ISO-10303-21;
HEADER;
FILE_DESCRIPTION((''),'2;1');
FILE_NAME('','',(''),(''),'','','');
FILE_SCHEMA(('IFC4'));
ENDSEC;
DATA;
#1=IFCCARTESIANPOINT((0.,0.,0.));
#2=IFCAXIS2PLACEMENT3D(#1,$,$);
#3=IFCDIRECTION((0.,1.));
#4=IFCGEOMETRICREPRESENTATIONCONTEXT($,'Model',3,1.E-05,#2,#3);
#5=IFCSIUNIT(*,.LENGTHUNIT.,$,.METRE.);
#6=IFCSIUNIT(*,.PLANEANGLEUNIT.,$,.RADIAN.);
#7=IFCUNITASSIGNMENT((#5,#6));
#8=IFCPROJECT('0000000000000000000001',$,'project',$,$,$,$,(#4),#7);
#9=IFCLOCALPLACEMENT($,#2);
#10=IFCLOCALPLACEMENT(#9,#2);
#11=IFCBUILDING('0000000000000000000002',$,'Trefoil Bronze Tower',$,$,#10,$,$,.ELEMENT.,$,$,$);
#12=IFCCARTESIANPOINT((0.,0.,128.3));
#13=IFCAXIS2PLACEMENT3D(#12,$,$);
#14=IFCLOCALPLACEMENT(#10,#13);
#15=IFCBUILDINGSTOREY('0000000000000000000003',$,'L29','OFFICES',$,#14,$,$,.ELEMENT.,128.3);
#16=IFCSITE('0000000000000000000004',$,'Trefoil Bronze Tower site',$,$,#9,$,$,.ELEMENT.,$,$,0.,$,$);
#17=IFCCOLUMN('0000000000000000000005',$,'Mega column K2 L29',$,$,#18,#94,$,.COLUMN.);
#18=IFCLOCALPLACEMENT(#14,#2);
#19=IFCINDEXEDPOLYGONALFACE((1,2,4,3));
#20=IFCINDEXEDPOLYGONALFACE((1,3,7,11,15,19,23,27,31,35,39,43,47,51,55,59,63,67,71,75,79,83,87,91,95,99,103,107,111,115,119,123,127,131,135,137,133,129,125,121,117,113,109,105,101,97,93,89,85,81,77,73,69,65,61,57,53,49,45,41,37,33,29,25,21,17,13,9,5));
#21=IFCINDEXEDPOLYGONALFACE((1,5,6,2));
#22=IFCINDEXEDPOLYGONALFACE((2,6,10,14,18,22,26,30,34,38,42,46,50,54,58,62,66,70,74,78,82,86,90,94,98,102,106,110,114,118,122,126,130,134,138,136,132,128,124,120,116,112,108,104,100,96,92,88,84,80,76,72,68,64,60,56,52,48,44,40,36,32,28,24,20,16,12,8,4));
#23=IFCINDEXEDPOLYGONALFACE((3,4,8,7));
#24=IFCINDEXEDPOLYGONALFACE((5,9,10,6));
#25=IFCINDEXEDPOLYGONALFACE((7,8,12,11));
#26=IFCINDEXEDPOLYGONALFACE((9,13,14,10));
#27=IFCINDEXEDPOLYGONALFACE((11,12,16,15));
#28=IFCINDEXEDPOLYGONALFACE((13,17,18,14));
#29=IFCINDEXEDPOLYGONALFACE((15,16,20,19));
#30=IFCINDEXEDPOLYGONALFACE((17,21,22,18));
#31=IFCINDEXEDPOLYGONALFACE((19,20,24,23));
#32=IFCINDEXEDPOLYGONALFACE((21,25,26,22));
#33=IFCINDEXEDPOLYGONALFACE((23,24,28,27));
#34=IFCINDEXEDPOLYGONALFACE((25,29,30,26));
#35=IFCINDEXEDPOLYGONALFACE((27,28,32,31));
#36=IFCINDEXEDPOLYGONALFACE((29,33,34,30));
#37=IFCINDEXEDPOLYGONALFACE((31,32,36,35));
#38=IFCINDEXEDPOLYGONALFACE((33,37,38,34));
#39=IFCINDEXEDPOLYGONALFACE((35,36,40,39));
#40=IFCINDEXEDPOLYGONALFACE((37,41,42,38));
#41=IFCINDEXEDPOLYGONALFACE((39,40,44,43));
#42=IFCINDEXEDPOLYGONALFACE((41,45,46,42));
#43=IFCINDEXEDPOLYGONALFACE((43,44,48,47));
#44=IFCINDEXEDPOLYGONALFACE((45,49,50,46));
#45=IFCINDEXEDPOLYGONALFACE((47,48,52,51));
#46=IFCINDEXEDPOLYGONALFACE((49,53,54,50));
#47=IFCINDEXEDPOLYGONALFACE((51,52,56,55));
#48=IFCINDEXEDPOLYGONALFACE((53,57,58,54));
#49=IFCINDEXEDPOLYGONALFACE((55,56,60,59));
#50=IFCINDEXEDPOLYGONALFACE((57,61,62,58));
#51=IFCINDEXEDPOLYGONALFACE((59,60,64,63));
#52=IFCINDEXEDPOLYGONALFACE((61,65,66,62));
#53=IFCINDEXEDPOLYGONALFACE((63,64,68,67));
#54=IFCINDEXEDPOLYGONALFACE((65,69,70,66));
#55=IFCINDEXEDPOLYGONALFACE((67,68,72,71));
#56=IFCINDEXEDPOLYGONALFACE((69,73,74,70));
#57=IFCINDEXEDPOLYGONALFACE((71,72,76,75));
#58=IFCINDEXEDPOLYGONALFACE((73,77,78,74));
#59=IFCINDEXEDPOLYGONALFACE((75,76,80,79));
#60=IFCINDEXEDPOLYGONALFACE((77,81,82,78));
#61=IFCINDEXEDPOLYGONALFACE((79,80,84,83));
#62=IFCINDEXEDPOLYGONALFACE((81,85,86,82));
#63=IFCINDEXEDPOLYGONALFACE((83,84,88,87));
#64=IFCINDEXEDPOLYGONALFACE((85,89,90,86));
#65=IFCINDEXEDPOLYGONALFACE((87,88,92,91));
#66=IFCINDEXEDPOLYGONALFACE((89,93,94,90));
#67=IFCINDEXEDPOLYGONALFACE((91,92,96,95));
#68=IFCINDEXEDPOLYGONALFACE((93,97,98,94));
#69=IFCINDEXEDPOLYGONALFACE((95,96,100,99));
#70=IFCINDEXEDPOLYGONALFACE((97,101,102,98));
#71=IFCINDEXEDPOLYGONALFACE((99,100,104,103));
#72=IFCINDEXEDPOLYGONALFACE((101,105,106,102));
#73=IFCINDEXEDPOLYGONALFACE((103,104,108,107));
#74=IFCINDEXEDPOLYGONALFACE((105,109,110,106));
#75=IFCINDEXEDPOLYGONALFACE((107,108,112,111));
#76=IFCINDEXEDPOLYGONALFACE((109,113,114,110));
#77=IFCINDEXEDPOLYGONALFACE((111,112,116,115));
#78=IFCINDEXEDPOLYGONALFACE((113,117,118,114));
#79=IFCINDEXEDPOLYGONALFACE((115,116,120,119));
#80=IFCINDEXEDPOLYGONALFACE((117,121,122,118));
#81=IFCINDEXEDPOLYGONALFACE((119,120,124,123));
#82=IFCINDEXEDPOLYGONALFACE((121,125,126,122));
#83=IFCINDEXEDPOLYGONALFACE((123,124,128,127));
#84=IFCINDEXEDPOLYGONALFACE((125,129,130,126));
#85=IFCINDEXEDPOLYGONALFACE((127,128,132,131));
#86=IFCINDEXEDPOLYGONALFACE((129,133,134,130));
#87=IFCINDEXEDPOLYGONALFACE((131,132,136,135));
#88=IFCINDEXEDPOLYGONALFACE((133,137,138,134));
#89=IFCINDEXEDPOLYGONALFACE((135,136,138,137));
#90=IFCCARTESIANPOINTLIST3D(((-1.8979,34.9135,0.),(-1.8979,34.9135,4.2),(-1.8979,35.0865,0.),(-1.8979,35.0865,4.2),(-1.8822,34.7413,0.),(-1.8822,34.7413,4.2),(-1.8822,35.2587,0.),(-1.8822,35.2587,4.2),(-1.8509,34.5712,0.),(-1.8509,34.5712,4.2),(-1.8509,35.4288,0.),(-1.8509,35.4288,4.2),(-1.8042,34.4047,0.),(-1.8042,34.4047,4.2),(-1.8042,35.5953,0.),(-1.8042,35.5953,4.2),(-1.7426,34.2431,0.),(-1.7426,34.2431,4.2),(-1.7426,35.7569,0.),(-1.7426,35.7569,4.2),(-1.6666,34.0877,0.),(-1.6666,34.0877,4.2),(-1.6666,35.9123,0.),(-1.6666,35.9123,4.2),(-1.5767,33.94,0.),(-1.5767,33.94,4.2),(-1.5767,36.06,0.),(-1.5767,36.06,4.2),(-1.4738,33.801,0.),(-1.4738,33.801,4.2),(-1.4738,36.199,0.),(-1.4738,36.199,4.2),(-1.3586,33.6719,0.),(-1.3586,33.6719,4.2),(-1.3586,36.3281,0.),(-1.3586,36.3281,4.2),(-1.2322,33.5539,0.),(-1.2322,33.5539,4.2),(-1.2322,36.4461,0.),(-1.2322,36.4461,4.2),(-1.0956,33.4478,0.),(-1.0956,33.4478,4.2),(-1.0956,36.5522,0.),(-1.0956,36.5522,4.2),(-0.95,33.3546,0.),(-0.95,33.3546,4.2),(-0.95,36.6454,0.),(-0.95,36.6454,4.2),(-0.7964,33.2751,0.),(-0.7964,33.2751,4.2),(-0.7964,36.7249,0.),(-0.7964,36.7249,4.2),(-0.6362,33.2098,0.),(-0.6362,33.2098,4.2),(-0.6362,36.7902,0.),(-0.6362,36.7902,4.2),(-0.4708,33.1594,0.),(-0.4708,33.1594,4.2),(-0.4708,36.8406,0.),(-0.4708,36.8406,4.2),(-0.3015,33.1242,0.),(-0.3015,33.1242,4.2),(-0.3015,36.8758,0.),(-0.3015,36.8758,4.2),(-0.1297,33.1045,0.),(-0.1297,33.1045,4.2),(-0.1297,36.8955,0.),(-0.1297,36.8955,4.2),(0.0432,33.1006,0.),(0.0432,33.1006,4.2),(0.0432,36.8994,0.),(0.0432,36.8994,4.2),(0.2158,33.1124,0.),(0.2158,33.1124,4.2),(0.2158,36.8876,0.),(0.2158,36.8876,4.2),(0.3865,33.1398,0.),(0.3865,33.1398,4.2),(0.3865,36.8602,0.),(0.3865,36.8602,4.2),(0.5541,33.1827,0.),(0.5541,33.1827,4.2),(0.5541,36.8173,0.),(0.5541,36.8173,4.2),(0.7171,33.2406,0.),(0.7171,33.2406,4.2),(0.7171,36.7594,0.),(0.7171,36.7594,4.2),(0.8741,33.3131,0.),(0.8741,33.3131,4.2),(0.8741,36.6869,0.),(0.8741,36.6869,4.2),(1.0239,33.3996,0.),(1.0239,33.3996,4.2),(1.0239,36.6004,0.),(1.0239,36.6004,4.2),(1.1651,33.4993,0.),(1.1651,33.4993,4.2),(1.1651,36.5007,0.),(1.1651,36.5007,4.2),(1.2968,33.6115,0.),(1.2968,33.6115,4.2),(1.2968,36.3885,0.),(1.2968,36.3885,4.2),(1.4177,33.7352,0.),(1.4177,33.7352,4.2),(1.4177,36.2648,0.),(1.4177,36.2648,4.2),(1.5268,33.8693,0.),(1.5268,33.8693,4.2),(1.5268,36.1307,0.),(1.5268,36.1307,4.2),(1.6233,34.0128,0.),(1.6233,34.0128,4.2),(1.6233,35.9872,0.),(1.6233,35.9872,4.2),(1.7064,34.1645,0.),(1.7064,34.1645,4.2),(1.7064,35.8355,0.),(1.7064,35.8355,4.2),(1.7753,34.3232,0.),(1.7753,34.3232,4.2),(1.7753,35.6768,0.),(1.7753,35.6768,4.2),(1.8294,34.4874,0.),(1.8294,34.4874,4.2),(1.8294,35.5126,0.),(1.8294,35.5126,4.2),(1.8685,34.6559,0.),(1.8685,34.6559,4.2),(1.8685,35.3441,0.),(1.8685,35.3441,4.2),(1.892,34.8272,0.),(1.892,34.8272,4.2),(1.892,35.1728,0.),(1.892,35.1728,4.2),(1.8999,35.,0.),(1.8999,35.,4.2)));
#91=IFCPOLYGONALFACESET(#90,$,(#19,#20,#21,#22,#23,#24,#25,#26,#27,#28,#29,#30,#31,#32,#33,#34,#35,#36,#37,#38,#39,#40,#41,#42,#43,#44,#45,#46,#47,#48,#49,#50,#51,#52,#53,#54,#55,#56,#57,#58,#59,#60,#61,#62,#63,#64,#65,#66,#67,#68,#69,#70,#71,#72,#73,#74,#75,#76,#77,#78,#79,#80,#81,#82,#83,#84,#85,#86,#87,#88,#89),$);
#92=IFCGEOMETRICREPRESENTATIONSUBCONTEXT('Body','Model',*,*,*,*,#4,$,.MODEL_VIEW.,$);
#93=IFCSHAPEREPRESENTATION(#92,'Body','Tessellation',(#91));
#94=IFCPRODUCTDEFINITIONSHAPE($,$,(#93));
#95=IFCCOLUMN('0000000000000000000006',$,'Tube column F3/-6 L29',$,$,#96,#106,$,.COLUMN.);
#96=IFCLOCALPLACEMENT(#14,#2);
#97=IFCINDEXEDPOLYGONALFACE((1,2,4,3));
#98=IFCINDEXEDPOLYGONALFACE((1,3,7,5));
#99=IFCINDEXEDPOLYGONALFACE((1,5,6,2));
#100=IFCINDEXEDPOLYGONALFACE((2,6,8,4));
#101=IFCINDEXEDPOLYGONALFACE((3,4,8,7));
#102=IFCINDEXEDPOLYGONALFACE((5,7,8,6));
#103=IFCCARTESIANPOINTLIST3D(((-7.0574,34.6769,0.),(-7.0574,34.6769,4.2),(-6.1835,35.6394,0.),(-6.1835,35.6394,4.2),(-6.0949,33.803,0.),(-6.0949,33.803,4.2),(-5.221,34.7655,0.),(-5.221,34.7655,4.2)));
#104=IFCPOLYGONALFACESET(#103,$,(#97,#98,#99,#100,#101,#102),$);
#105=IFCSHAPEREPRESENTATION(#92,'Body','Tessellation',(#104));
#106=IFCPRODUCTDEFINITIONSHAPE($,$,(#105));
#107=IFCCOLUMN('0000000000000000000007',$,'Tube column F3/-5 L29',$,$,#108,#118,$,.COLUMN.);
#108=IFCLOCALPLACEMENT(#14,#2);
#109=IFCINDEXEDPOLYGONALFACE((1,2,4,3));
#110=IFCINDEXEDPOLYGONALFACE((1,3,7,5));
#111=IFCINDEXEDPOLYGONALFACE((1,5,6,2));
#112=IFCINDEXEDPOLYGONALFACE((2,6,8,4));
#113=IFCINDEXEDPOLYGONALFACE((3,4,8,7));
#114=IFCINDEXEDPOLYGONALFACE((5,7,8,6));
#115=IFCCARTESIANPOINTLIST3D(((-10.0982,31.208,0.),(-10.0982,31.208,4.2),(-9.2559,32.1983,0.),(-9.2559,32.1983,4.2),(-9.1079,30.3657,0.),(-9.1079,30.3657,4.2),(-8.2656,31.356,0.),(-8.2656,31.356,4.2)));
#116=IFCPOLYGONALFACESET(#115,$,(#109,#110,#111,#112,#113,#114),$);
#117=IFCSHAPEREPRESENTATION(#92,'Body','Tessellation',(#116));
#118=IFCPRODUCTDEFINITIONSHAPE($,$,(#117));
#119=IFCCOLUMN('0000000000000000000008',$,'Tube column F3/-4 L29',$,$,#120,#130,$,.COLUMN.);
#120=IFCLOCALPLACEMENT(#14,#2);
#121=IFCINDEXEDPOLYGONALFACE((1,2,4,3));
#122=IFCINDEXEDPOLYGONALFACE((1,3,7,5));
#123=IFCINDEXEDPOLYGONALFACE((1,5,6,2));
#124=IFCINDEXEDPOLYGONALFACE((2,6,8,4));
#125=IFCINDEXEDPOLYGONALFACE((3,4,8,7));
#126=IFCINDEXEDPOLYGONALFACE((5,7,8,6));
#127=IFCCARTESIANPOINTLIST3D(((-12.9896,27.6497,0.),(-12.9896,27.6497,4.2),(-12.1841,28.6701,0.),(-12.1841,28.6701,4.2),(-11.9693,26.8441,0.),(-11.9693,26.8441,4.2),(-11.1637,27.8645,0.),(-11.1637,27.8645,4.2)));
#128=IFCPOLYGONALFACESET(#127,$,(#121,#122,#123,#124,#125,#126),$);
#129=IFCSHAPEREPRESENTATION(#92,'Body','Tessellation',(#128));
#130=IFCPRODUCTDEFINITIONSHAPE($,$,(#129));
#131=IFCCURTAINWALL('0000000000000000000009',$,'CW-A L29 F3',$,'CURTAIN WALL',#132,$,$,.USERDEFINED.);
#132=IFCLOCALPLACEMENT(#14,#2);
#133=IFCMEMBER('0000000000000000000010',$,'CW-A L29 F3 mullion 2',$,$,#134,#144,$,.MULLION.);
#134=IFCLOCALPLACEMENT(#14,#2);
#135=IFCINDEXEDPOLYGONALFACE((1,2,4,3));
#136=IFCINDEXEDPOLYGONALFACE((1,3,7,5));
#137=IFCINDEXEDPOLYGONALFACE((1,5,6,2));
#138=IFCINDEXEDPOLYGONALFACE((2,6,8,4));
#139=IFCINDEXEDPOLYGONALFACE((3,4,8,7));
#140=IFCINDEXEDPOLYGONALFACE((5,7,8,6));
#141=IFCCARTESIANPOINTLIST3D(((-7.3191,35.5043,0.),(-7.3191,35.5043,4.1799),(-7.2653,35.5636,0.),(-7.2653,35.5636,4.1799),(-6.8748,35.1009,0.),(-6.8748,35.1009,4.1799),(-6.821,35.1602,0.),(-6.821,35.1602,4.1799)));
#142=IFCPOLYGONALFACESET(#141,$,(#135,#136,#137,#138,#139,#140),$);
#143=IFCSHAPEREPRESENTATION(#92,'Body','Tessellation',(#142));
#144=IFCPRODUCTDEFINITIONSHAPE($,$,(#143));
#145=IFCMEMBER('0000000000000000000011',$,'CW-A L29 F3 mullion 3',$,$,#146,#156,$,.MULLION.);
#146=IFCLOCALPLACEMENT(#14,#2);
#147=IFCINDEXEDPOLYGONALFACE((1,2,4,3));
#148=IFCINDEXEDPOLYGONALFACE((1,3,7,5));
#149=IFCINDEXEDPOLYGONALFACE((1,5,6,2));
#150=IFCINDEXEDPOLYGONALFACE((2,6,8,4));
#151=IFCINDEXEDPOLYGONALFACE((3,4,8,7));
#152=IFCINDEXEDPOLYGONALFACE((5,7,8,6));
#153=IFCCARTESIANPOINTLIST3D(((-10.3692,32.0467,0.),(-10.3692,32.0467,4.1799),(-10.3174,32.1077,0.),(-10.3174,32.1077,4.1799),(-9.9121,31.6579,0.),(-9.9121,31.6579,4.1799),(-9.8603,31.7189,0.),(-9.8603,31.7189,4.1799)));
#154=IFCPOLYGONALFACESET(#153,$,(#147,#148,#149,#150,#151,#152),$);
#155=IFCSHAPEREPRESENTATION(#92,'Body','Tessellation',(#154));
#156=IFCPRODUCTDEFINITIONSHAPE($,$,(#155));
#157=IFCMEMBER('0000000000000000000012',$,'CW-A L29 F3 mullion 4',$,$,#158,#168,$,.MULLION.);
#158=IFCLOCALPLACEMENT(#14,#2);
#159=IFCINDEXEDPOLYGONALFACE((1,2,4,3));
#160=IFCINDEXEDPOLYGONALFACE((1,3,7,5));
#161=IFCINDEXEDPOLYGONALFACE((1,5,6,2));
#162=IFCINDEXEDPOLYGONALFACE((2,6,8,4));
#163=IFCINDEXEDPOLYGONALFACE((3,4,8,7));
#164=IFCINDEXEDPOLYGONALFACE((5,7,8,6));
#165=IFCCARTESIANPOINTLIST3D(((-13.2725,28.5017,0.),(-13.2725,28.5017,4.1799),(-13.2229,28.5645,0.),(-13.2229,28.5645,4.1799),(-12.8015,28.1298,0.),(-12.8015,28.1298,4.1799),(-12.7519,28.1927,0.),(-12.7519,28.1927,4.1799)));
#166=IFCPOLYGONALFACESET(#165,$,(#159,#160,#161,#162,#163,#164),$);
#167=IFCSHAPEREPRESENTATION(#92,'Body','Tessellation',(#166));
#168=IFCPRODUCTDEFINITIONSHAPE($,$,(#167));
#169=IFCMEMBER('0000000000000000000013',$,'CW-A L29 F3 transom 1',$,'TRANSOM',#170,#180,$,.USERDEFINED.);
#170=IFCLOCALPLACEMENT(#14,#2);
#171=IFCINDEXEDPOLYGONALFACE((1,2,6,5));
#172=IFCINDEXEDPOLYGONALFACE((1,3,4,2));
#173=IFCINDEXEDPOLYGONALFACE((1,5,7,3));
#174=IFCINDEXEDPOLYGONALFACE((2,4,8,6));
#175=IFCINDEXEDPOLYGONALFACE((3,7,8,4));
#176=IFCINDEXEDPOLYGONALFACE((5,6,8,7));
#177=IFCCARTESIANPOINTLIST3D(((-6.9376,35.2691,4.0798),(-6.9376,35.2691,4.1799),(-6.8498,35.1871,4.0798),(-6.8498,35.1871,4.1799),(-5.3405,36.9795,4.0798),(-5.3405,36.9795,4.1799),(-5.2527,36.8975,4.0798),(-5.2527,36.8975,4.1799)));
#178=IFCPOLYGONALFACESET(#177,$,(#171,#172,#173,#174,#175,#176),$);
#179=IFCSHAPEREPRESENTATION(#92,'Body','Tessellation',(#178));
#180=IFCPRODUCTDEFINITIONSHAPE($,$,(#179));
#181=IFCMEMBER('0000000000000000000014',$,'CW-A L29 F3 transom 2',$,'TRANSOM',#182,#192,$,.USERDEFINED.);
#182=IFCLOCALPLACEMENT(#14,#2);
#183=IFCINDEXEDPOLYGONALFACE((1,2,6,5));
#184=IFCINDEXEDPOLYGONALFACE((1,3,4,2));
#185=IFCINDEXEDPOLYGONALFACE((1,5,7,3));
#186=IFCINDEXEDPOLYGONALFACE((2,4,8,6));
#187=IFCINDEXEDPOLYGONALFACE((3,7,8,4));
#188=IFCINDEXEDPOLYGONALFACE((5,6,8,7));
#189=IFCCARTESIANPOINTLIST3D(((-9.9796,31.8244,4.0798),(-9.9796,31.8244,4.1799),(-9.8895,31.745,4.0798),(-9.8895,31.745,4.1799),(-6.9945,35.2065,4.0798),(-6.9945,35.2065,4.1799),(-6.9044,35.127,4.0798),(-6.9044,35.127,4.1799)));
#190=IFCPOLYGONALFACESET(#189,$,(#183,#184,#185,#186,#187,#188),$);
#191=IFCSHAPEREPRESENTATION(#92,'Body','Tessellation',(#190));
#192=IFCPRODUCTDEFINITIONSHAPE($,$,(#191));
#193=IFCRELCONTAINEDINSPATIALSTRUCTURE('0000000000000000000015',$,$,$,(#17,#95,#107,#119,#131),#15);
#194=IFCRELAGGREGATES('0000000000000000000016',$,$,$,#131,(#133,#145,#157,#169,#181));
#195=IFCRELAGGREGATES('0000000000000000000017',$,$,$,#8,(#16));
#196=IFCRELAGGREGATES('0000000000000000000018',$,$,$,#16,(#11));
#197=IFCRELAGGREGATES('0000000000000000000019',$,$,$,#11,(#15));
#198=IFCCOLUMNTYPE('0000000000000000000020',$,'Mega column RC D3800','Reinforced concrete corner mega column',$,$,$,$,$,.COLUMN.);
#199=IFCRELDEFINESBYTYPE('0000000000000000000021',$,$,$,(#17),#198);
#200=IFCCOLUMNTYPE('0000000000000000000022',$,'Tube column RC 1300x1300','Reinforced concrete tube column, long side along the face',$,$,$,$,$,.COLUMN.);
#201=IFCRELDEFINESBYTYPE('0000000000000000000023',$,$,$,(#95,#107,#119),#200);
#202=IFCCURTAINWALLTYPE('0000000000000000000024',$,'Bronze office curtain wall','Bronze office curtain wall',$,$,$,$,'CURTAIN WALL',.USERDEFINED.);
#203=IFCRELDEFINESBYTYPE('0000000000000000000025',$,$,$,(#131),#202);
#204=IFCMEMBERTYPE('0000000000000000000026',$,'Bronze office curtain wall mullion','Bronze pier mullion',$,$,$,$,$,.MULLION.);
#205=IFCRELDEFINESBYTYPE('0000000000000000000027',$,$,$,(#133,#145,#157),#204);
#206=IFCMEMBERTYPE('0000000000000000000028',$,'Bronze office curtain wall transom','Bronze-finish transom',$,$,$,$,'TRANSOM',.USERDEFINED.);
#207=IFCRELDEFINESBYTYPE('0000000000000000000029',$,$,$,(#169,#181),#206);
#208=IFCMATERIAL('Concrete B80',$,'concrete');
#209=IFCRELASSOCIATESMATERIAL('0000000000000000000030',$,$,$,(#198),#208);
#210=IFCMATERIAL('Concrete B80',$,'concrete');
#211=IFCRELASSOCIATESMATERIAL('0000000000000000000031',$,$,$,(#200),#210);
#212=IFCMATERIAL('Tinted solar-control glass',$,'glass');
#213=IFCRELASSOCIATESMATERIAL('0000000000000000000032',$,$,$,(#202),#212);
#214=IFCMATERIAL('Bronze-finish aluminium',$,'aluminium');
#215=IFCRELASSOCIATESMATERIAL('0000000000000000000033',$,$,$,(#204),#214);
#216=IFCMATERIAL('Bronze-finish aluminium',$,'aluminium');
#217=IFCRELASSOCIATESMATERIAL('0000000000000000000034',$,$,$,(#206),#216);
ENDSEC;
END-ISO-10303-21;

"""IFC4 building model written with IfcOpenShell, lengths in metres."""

from ifc_helpers import new_model, si_unit, direction, frame, origin, origin_2d, place, context, subcontext, project, spatial, rectangle, circle, extrude, material, material_profile, profile_set, type_object, element, aggregate, save


model = new_model("IFC4")

# Units and contexts
model_context = context("Model", 3, precision=1e-05, world=origin(), true_north=direction((0.0, 1.0)))
body_context = subcontext(model_context, "Body", "Model", "MODEL_VIEW")
ifc_project = project(units=[si_unit("LENGTHUNIT", "METRE"), si_unit("PLANEANGLEUNIT", "RADIAN")], contexts=[model_context])

# Site, building, storey
site_placement = place(None, origin())
site = spatial("IfcSite", under=ifc_project, at=site_placement, Name="Trefoil Bronze Tower site", CompositionType="ELEMENT", RefElevation=0.0)
building_placement = place(site_placement, origin())
building = spatial("IfcBuilding", under=site, at=building_placement, Name="Trefoil Bronze Tower", CompositionType="ELEMENT")
storey_placement = place(building_placement, frame((0.0, 0.0, 128.3)))
storey = spatial("IfcBuildingStorey", under=building, at=storey_placement, Name="L29", Description="OFFICES", CompositionType="ELEMENT", Elevation=128.3)

# Columns
ifc_material_1 = material(Name="Concrete B80", Category="concrete")
ifc_material_profile_1 = material_profile(ifc_material_1, circle(Radius=1.8999, at=origin_2d()), Name="RC D3800")
ifc_profile_set_1 = profile_set([ifc_material_profile_1], Name="Concrete B80")
column_type_1 = type_object("IfcColumnType", Name="Mega column RC D3800", Description="Reinforced concrete corner mega column", PredefinedType="COLUMN", material=ifc_profile_set_1)
column_placement = place(storey_placement, frame((0.0, 35.0, 0.0), z_axis=(0.0, 0.0, 1.0), x_axis=(1.0, 0.0, 0.0)))
element("IfcColumn", 1, at=column_placement, inside=storey, type_object=column_type_1, Name="Mega column K2 L29", PredefinedType="COLUMN", context=body_context, shape_type="SweptSolid", body=[
    extrude(circle(Radius=1.8999, at=origin_2d()), origin(), (0.0, 0.0, 1.0), 4.2),
])
ifc_material_2 = material(Name="Concrete B80", Category="concrete")
ifc_material_profile_2 = material_profile(ifc_material_2, rectangle(XDim=1.3, YDim=1.3, at=origin_2d()), Name="RC 1300x1300")
ifc_profile_set_2 = profile_set([ifc_material_profile_2], Name="Concrete B80")
column_type_2 = type_object("IfcColumnType", Name="Tube column RC 1300x1300", Description="Reinforced concrete tube column, long side along the face", PredefinedType="COLUMN", material=ifc_profile_set_2)
for number, where, z_axis, x_axis, name in (
    (2, (-6.1392, 34.7212, 0.0), (0.0, 0.0, 1.0), (-0.67221, -0.740361, 0.0), "Tube column F3/-6 L29"),
    (3, (-9.1819, 31.282, 0.0), (0.0, 0.0, 1.0), (-0.647904, -0.761722, 0.0), "Tube column F3/-5 L29"),
    (4, (-12.0767, 27.7571, 0.0), (0.0, 0.0, 1.0), (-0.619649, -0.784879, 0.0), "Tube column F3/-4 L29"),
):
    element("IfcColumn", number, at=place(storey_placement, frame(where, z_axis=z_axis, x_axis=x_axis)), inside=storey, type_object=column_type_2, Name=name, PredefinedType="COLUMN", context=body_context, shape_type="SweptSolid", body=[
        extrude(rectangle(XDim=1.3, YDim=1.3, at=origin_2d()), origin(), (0.0, 0.0, 1.0), 4.2),
    ])

# Curtain wall, members
ifc_material_3 = material(Name="Tinted solar-control glass", Category="glass")
curtain_wall_type_1 = type_object("IfcCurtainWallType", Name="Bronze office curtain wall", Description="Bronze office curtain wall", ElementType="CURTAIN WALL", PredefinedType="USERDEFINED", material=ifc_material_3)
curtain_wall_1_placement = place(storey_placement, origin())
curtain_wall_1 = element("IfcCurtainWall", 5, at=curtain_wall_1_placement, inside=storey, type_object=curtain_wall_type_1, Name="CW-A L29 F3", ObjectType="CURTAIN WALL", PredefinedType="USERDEFINED")
ifc_material_4 = material(Name="Bronze-finish aluminium", Category="aluminium")
ifc_material_profile_3 = material_profile(ifc_material_4, rectangle(XDim=0.6001, YDim=0.0801, at=origin_2d()), Name="CW-A mullion")
ifc_profile_set_3 = profile_set([ifc_material_profile_3], Name="Bronze-finish aluminium")
member_type_1 = type_object("IfcMemberType", Name="Bronze office curtain wall mullion", Description="Bronze pier mullion", PredefinedType="MULLION", material=ifc_profile_set_3)
member_1_placement = place(storey_placement, frame((-7.0701, 35.3323, 0.0), z_axis=(0.0, 0.0, 1.0), x_axis=(0.740361, -0.67221, 0.0)))
member_1 = element("IfcMember", 6, at=member_1_placement, type_object=member_type_1, Name="CW-A L29 F3 mullion 2", PredefinedType="MULLION", context=body_context, shape_type="SweptSolid", body=[
    extrude(rectangle(XDim=0.6001, YDim=0.0801, at=origin_2d()), origin(), (0.0, 0.0, 1.0), 4.1799),
])
member_2_placement = place(storey_placement, frame((-10.1147, 31.8828, 0.0), z_axis=(0.0, 0.0, 1.0), x_axis=(0.761722, -0.647904, 0.0)))
member_2 = element("IfcMember", 7, at=member_2_placement, type_object=member_type_1, Name="CW-A L29 F3 mullion 3", PredefinedType="MULLION", context=body_context, shape_type="SweptSolid", body=[
    extrude(rectangle(XDim=0.6001, YDim=0.0801, at=origin_2d()), origin(), (0.0, 0.0, 1.0), 4.1799),
])
member_3_placement = place(storey_placement, frame((-13.0122, 28.3472, 0.0), z_axis=(0.0, 0.0, 1.0), x_axis=(0.784879, -0.619649, 0.0)))
member_3 = element("IfcMember", 8, at=member_3_placement, type_object=member_type_1, Name="CW-A L29 F3 mullion 4", PredefinedType="MULLION", context=body_context, shape_type="SweptSolid", body=[
    extrude(rectangle(XDim=0.6001, YDim=0.0801, at=origin_2d()), origin(), (0.0, 0.0, 1.0), 4.1799),
])
ifc_material_5 = material(Name="Bronze-finish aluminium", Category="aluminium")
ifc_material_profile_4 = material_profile(ifc_material_5, rectangle(XDim=0.1201, YDim=0.1001, at=origin_2d()), Name="CW-A transom")
ifc_profile_set_4 = profile_set([ifc_material_profile_4], Name="Bronze-finish aluminium")
member_type_2 = type_object("IfcMemberType", Name="Bronze office curtain wall transom", Description="Bronze-finish transom", ElementType="TRANSOM", PredefinedType="USERDEFINED", material=ifc_profile_set_4)
member_4_placement = place(storey_placement, frame((-5.2966, 36.9385, 4.1299), z_axis=(-0.682489, -0.730896, 0.0), x_axis=(0.730896, -0.682489, 0.0)))
member_4 = element("IfcMember", 9, at=member_4_placement, type_object=member_type_2, Name="CW-A L29 F3 transom 1", ObjectType="TRANSOM", PredefinedType="USERDEFINED", context=body_context, shape_type="SweptSolid", body=[
    extrude(rectangle(XDim=0.1201, YDim=0.1001, at=origin_2d()), origin(), (0.0, 0.0, 1.0), 2.3401),
])
member_5_placement = place(storey_placement, frame((-6.9495, 35.1667, 4.1299), z_axis=(-0.661736, -0.749737, 0.0), x_axis=(0.749737, -0.661736, 0.0)))
member_5 = element("IfcMember", 10, at=member_5_placement, type_object=member_type_2, Name="CW-A L29 F3 transom 2", ObjectType="TRANSOM", PredefinedType="USERDEFINED", context=body_context, shape_type="SweptSolid", body=[
    extrude(rectangle(XDim=0.1201, YDim=0.1001, at=origin_2d()), origin(), (0.0, 0.0, 1.0), 4.511),
])

aggregate(curtain_wall_1, [member_1, member_2, member_3, member_4, member_5])

save(model, "model.ifc")
